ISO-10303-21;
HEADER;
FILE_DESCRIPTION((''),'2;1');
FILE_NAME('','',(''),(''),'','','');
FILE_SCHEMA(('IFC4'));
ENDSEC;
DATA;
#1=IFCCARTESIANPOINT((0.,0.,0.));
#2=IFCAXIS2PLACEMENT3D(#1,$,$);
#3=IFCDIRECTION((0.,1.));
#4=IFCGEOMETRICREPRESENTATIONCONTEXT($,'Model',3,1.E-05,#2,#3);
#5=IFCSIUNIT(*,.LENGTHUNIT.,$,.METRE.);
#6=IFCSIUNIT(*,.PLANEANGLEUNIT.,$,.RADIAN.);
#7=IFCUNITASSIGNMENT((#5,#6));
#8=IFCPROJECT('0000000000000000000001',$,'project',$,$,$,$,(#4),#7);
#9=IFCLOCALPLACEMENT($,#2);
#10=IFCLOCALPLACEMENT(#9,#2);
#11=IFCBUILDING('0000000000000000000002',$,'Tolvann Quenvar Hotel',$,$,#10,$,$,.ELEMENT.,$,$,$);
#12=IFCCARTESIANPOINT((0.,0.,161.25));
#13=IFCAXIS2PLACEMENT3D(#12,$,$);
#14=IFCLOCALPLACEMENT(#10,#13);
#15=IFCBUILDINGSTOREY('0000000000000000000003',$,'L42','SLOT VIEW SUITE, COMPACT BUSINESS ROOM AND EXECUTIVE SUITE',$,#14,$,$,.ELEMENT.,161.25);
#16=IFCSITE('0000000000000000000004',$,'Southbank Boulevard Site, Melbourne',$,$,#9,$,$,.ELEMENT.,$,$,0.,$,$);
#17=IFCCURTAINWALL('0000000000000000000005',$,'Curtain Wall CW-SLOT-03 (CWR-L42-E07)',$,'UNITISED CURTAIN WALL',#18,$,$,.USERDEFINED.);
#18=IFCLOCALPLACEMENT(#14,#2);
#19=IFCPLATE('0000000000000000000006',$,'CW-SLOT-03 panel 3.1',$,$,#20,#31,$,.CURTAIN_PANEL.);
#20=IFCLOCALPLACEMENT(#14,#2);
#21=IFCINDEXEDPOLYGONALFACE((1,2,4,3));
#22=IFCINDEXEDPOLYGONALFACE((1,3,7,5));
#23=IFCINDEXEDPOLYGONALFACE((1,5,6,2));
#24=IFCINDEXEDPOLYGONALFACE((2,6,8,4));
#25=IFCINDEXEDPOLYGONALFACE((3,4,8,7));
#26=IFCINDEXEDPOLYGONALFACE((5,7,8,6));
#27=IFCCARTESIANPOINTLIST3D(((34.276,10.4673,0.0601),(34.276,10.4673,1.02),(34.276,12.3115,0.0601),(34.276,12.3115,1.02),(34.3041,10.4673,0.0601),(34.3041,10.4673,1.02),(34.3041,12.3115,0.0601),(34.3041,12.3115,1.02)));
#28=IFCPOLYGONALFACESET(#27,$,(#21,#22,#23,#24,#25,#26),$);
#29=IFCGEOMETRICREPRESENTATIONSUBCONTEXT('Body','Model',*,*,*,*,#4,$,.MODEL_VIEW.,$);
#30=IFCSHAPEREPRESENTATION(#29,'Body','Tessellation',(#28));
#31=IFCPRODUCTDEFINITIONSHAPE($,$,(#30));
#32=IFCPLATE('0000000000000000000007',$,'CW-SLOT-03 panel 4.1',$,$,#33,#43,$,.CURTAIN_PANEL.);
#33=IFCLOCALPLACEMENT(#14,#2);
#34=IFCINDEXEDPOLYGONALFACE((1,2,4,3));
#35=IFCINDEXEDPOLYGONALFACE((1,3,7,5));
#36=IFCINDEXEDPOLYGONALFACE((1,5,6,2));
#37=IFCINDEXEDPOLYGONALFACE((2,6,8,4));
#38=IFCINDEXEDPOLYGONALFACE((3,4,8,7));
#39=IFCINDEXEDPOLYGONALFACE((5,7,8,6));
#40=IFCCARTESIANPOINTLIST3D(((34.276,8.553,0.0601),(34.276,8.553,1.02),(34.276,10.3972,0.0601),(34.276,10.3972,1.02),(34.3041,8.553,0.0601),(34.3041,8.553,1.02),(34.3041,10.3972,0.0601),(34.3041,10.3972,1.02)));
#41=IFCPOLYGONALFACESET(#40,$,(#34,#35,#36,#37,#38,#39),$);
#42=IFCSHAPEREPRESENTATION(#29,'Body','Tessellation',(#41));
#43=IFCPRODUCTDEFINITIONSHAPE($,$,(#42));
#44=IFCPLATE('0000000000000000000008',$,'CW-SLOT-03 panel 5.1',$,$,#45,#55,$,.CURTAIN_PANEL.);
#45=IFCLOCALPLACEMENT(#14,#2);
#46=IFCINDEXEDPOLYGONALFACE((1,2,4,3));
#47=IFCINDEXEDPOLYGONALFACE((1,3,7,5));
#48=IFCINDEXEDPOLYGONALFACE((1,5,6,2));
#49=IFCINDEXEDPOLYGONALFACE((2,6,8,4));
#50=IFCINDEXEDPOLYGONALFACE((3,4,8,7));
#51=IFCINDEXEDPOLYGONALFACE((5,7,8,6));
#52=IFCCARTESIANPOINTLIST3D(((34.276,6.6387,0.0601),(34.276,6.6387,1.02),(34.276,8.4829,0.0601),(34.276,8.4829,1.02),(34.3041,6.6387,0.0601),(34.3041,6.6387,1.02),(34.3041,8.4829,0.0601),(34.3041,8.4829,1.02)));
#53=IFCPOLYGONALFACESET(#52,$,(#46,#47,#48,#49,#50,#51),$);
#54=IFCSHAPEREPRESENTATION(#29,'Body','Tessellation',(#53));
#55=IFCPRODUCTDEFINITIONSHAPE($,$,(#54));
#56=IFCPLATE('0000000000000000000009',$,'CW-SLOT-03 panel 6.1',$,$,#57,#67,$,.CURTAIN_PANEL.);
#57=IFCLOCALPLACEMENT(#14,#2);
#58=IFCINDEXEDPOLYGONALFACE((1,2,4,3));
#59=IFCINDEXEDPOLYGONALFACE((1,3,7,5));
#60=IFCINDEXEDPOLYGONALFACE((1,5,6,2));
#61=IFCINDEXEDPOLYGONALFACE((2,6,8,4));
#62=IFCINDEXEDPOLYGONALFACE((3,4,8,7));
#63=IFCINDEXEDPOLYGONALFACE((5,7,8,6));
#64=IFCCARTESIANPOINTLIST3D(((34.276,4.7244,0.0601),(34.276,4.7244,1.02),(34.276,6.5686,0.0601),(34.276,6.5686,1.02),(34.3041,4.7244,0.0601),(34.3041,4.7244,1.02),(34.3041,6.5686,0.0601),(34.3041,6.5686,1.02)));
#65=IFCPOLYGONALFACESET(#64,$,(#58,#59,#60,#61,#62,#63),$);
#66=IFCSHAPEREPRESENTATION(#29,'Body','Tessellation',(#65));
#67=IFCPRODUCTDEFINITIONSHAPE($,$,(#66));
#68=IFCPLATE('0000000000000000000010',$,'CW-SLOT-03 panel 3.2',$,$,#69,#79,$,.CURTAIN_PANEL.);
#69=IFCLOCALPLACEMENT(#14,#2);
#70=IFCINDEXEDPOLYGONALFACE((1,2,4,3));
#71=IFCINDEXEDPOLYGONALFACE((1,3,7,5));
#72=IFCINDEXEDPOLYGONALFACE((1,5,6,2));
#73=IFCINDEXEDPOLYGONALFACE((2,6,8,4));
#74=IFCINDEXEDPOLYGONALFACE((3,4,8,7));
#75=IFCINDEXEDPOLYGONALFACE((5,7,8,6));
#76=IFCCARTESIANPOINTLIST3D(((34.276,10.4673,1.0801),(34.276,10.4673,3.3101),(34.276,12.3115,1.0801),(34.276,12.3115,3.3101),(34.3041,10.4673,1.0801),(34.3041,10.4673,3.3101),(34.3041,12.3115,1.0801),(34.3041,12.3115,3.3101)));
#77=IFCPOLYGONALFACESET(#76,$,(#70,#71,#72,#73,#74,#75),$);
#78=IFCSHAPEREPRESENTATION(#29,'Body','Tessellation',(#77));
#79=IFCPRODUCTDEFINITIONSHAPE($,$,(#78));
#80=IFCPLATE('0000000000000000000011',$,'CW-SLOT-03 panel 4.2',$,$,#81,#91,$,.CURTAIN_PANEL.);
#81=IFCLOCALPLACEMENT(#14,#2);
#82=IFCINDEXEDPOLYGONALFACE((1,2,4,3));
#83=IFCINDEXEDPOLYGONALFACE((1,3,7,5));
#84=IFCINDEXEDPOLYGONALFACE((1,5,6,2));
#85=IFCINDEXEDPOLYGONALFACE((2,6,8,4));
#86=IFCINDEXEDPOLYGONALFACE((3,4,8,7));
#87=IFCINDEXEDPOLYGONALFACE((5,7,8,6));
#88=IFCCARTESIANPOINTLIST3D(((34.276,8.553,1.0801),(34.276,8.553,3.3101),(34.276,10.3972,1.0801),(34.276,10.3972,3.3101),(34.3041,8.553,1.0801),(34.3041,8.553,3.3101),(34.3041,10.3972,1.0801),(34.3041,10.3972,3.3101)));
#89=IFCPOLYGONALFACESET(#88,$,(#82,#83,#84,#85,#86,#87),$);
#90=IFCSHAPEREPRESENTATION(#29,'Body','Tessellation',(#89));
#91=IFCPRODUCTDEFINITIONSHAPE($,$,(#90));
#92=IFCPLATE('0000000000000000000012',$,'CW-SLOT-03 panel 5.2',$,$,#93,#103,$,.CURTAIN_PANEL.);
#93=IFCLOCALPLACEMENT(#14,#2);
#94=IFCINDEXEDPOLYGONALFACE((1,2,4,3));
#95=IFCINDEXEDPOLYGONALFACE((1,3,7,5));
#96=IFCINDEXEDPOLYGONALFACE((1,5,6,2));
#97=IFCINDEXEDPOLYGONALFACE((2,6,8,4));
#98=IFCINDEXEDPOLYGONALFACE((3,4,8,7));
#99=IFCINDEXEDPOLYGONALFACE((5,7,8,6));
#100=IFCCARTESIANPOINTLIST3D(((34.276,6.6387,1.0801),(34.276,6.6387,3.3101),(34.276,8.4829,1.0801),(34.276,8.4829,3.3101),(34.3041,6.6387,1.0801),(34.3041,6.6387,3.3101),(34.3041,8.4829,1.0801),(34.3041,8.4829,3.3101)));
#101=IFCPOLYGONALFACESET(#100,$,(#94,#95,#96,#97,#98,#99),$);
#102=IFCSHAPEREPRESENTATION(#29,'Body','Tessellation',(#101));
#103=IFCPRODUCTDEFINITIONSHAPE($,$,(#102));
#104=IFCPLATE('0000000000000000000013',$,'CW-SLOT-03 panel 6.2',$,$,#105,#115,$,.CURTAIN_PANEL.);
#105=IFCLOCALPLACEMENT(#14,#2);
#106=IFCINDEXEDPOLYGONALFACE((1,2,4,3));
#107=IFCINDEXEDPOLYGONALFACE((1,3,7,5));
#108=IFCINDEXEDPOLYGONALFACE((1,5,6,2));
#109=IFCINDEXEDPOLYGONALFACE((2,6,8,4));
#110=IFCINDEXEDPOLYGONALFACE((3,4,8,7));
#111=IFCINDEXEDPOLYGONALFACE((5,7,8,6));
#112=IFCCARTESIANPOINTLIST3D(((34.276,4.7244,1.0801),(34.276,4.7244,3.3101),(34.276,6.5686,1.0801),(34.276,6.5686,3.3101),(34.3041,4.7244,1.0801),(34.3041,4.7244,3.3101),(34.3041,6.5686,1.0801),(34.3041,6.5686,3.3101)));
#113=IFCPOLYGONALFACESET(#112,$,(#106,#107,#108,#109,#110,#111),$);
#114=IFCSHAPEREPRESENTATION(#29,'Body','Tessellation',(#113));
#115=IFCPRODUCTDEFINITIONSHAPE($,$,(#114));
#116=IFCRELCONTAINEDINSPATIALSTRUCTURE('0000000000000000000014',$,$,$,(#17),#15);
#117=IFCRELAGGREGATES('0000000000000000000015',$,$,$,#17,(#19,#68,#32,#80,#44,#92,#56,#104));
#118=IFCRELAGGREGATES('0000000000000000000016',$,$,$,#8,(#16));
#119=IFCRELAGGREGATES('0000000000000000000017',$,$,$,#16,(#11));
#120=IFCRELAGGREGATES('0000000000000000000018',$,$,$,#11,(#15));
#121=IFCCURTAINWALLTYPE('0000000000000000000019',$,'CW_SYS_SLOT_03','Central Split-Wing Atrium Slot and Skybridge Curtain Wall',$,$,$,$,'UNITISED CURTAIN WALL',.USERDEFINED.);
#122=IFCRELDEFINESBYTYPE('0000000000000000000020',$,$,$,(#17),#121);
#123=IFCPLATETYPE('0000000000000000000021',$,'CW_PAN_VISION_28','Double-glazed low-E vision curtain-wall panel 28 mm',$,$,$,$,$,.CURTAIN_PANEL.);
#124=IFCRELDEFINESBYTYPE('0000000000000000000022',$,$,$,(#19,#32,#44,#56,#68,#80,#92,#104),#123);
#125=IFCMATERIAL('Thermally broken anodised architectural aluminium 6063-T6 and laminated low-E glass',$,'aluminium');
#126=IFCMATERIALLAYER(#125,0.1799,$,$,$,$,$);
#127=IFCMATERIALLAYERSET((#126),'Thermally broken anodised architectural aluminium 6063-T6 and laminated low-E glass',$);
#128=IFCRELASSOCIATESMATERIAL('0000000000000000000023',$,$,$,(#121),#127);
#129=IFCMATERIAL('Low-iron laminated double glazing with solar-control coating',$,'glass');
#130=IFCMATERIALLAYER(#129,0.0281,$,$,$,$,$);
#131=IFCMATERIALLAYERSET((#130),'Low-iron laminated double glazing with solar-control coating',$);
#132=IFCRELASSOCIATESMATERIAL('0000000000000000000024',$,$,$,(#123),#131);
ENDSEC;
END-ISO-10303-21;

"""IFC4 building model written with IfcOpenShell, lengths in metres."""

from ifc_helpers import new_model, si_unit, direction, frame, origin, origin_2d, place, context, subcontext, project, spatial, rectangle, extrude, source, transform, mapped, material, layer, layer_set, type_object, element, aggregate, save


model = new_model("IFC4")

# Units and contexts
model_context = context("Model", 3, precision=1e-05, world=origin(), true_north=direction((0.0, 1.0)))
body_context = subcontext(model_context, "Body", "Model", "MODEL_VIEW")
ifc_project = project(units=[si_unit("LENGTHUNIT", "METRE"), si_unit("PLANEANGLEUNIT", "RADIAN")], contexts=[model_context])

# Site, building, storey
site_placement = place(None, origin())
site = spatial("IfcSite", under=ifc_project, at=site_placement, Name="Southbank Boulevard Site, Melbourne", CompositionType="ELEMENT", RefElevation=0.0)
building_placement = place(site_placement, origin())
building = spatial("IfcBuilding", under=site, at=building_placement, Name="Tolvann Quenvar Hotel", CompositionType="ELEMENT")
storey_placement = place(building_placement, frame((0.0, 0.0, 161.25)))
storey = spatial("IfcBuildingStorey", under=building, at=storey_placement, Name="L42", Description="SLOT VIEW SUITE, COMPACT BUSINESS ROOM AND EXECUTIVE SUITE", CompositionType="ELEMENT", Elevation=161.25)

# Curtain wall
ifc_material_1 = material(Name="Thermally broken anodised architectural aluminium 6063-T6 and laminated low-E glass", Category="aluminium")
ifc_layer_1 = layer(ifc_material_1, 0.1799)
ifc_layer_set_1 = layer_set([ifc_layer_1], Name="Thermally broken anodised architectural aluminium 6063-T6 and laminated low-E glass")
curtain_wall_type = type_object("IfcCurtainWallType", Name="CW_SYS_SLOT_03", Description="Central Split-Wing Atrium Slot and Skybridge Curtain Wall", ElementType="UNITISED CURTAIN WALL", PredefinedType="USERDEFINED", material=ifc_layer_set_1)
curtain_wall_1_placement = place(storey_placement, origin())
curtain_wall_1 = element("IfcCurtainWall", 1, at=curtain_wall_1_placement, inside=storey, type_object=curtain_wall_type, Name="Curtain Wall CW-SLOT-03 (CWR-L42-E07)", ObjectType="UNITISED CURTAIN WALL", PredefinedType="USERDEFINED")

# Shared definitions
ifc_material_2 = material(Name="Low-iron laminated double glazing with solar-control coating", Category="glass")
ifc_layer_2 = layer(ifc_material_2, 0.0281)
ifc_layer_set_2 = layer_set([ifc_layer_2], Name="Low-iron laminated double glazing with solar-control coating")
plate_type = type_object("IfcPlateType", Name="CW_PAN_VISION_28", Description="Double-glazed low-E vision curtain-wall panel 28 mm", PredefinedType="CURTAIN_PANEL", material=ifc_layer_set_2)

# Plates
shared_shape_1 = source(origin(), body_context, "Body", "SweptSolid", [
    extrude(rectangle(XDim=1.8442, YDim=0.0281, at=origin_2d()), origin(), (0.0, 0.0, 1.0), 0.96),
])
plate_1_placement = place(storey_placement, frame((34.29, 11.3894, 0.0601), z_axis=(0.0, 0.0, 1.0), x_axis=(0.0, -1.0, 0.0)))
plate_1 = element("IfcPlate", 2, at=plate_1_placement, type_object=plate_type, Name="CW-SLOT-03 panel 3.1", PredefinedType="CURTAIN_PANEL", context=body_context, shape_type="MappedRepresentation", body=[
    mapped(shared_shape_1, transform((0.0, 0.0, 0.0), x_axis=(1.0, 0.0, 0.0), y_axis=(0.0, 1.0, 0.0), z_axis=(0.0, 0.0, 1.0), scale=1.0)),
])
plate_2_placement = place(storey_placement, frame((34.29, 9.4751, 0.0601), z_axis=(0.0, 0.0, 1.0), x_axis=(0.0, -1.0, 0.0)))
plate_2 = element("IfcPlate", 3, at=plate_2_placement, type_object=plate_type, Name="CW-SLOT-03 panel 4.1", PredefinedType="CURTAIN_PANEL", context=body_context, shape_type="MappedRepresentation", body=[
    mapped(shared_shape_1, transform((0.0, 0.0, 0.0), x_axis=(1.0, 0.0, 0.0), y_axis=(0.0, 1.0, 0.0), z_axis=(0.0, 0.0, 1.0), scale=1.0)),
])
plate_3_placement = place(storey_placement, frame((34.29, 7.5608, 0.0601), z_axis=(0.0, 0.0, 1.0), x_axis=(0.0, -1.0, 0.0)))
plate_3 = element("IfcPlate", 4, at=plate_3_placement, type_object=plate_type, Name="CW-SLOT-03 panel 5.1", PredefinedType="CURTAIN_PANEL", context=body_context, shape_type="MappedRepresentation", body=[
    mapped(shared_shape_1, transform((0.0, 0.0, 0.0), x_axis=(1.0, 0.0, 0.0), y_axis=(0.0, 1.0, 0.0), z_axis=(0.0, 0.0, 1.0), scale=1.0)),
])
plate_4_placement = place(storey_placement, frame((34.29, 5.6465, 0.0601), z_axis=(0.0, 0.0, 1.0), x_axis=(0.0, -1.0, 0.0)))
plate_4 = element("IfcPlate", 5, at=plate_4_placement, type_object=plate_type, Name="CW-SLOT-03 panel 6.1", PredefinedType="CURTAIN_PANEL", context=body_context, shape_type="MappedRepresentation", body=[
    mapped(shared_shape_1, transform((0.0, 0.0, 0.0), x_axis=(1.0, 0.0, 0.0), y_axis=(0.0, 1.0, 0.0), z_axis=(0.0, 0.0, 1.0), scale=1.0)),
])
shared_shape_2 = source(origin(), body_context, "Body", "SweptSolid", [
    extrude(rectangle(XDim=1.8442, YDim=0.0281, at=origin_2d()), origin(), (0.0, 0.0, 1.0), 2.23),
])
plate_5_placement = place(storey_placement, frame((34.29, 11.3894, 1.0801), z_axis=(0.0, 0.0, 1.0), x_axis=(0.0, -1.0, 0.0)))
plate_5 = element("IfcPlate", 6, at=plate_5_placement, type_object=plate_type, Name="CW-SLOT-03 panel 3.2", PredefinedType="CURTAIN_PANEL", context=body_context, shape_type="MappedRepresentation", body=[
    mapped(shared_shape_2, transform((0.0, 0.0, 0.0), x_axis=(1.0, 0.0, 0.0), y_axis=(0.0, 1.0, 0.0), z_axis=(0.0, 0.0, 1.0), scale=1.0)),
])
plate_6_placement = place(storey_placement, frame((34.29, 9.4751, 1.0801), z_axis=(0.0, 0.0, 1.0), x_axis=(0.0, -1.0, 0.0)))
plate_6 = element("IfcPlate", 7, at=plate_6_placement, type_object=plate_type, Name="CW-SLOT-03 panel 4.2", PredefinedType="CURTAIN_PANEL", context=body_context, shape_type="MappedRepresentation", body=[
    mapped(shared_shape_2, transform((0.0, 0.0, 0.0), x_axis=(1.0, 0.0, 0.0), y_axis=(0.0, 1.0, 0.0), z_axis=(0.0, 0.0, 1.0), scale=1.0)),
])
plate_7_placement = place(storey_placement, frame((34.29, 7.5608, 1.0801), z_axis=(0.0, 0.0, 1.0), x_axis=(0.0, -1.0, 0.0)))
plate_7 = element("IfcPlate", 8, at=plate_7_placement, type_object=plate_type, Name="CW-SLOT-03 panel 5.2", PredefinedType="CURTAIN_PANEL", context=body_context, shape_type="MappedRepresentation", body=[
    mapped(shared_shape_2, transform((0.0, 0.0, 0.0), x_axis=(1.0, 0.0, 0.0), y_axis=(0.0, 1.0, 0.0), z_axis=(0.0, 0.0, 1.0), scale=1.0)),
])
plate_8_placement = place(storey_placement, frame((34.29, 5.6465, 1.0801), z_axis=(0.0, 0.0, 1.0), x_axis=(0.0, -1.0, 0.0)))
plate_8 = element("IfcPlate", 9, at=plate_8_placement, type_object=plate_type, Name="CW-SLOT-03 panel 6.2", PredefinedType="CURTAIN_PANEL", context=body_context, shape_type="MappedRepresentation", body=[
    mapped(shared_shape_2, transform((0.0, 0.0, 0.0), x_axis=(1.0, 0.0, 0.0), y_axis=(0.0, 1.0, 0.0), z_axis=(0.0, 0.0, 1.0), scale=1.0)),
])
aggregate(curtain_wall_1, [plate_1, plate_5, plate_2, plate_6, plate_3, plate_7, plate_4, plate_8])

save(model, "model.ifc")
